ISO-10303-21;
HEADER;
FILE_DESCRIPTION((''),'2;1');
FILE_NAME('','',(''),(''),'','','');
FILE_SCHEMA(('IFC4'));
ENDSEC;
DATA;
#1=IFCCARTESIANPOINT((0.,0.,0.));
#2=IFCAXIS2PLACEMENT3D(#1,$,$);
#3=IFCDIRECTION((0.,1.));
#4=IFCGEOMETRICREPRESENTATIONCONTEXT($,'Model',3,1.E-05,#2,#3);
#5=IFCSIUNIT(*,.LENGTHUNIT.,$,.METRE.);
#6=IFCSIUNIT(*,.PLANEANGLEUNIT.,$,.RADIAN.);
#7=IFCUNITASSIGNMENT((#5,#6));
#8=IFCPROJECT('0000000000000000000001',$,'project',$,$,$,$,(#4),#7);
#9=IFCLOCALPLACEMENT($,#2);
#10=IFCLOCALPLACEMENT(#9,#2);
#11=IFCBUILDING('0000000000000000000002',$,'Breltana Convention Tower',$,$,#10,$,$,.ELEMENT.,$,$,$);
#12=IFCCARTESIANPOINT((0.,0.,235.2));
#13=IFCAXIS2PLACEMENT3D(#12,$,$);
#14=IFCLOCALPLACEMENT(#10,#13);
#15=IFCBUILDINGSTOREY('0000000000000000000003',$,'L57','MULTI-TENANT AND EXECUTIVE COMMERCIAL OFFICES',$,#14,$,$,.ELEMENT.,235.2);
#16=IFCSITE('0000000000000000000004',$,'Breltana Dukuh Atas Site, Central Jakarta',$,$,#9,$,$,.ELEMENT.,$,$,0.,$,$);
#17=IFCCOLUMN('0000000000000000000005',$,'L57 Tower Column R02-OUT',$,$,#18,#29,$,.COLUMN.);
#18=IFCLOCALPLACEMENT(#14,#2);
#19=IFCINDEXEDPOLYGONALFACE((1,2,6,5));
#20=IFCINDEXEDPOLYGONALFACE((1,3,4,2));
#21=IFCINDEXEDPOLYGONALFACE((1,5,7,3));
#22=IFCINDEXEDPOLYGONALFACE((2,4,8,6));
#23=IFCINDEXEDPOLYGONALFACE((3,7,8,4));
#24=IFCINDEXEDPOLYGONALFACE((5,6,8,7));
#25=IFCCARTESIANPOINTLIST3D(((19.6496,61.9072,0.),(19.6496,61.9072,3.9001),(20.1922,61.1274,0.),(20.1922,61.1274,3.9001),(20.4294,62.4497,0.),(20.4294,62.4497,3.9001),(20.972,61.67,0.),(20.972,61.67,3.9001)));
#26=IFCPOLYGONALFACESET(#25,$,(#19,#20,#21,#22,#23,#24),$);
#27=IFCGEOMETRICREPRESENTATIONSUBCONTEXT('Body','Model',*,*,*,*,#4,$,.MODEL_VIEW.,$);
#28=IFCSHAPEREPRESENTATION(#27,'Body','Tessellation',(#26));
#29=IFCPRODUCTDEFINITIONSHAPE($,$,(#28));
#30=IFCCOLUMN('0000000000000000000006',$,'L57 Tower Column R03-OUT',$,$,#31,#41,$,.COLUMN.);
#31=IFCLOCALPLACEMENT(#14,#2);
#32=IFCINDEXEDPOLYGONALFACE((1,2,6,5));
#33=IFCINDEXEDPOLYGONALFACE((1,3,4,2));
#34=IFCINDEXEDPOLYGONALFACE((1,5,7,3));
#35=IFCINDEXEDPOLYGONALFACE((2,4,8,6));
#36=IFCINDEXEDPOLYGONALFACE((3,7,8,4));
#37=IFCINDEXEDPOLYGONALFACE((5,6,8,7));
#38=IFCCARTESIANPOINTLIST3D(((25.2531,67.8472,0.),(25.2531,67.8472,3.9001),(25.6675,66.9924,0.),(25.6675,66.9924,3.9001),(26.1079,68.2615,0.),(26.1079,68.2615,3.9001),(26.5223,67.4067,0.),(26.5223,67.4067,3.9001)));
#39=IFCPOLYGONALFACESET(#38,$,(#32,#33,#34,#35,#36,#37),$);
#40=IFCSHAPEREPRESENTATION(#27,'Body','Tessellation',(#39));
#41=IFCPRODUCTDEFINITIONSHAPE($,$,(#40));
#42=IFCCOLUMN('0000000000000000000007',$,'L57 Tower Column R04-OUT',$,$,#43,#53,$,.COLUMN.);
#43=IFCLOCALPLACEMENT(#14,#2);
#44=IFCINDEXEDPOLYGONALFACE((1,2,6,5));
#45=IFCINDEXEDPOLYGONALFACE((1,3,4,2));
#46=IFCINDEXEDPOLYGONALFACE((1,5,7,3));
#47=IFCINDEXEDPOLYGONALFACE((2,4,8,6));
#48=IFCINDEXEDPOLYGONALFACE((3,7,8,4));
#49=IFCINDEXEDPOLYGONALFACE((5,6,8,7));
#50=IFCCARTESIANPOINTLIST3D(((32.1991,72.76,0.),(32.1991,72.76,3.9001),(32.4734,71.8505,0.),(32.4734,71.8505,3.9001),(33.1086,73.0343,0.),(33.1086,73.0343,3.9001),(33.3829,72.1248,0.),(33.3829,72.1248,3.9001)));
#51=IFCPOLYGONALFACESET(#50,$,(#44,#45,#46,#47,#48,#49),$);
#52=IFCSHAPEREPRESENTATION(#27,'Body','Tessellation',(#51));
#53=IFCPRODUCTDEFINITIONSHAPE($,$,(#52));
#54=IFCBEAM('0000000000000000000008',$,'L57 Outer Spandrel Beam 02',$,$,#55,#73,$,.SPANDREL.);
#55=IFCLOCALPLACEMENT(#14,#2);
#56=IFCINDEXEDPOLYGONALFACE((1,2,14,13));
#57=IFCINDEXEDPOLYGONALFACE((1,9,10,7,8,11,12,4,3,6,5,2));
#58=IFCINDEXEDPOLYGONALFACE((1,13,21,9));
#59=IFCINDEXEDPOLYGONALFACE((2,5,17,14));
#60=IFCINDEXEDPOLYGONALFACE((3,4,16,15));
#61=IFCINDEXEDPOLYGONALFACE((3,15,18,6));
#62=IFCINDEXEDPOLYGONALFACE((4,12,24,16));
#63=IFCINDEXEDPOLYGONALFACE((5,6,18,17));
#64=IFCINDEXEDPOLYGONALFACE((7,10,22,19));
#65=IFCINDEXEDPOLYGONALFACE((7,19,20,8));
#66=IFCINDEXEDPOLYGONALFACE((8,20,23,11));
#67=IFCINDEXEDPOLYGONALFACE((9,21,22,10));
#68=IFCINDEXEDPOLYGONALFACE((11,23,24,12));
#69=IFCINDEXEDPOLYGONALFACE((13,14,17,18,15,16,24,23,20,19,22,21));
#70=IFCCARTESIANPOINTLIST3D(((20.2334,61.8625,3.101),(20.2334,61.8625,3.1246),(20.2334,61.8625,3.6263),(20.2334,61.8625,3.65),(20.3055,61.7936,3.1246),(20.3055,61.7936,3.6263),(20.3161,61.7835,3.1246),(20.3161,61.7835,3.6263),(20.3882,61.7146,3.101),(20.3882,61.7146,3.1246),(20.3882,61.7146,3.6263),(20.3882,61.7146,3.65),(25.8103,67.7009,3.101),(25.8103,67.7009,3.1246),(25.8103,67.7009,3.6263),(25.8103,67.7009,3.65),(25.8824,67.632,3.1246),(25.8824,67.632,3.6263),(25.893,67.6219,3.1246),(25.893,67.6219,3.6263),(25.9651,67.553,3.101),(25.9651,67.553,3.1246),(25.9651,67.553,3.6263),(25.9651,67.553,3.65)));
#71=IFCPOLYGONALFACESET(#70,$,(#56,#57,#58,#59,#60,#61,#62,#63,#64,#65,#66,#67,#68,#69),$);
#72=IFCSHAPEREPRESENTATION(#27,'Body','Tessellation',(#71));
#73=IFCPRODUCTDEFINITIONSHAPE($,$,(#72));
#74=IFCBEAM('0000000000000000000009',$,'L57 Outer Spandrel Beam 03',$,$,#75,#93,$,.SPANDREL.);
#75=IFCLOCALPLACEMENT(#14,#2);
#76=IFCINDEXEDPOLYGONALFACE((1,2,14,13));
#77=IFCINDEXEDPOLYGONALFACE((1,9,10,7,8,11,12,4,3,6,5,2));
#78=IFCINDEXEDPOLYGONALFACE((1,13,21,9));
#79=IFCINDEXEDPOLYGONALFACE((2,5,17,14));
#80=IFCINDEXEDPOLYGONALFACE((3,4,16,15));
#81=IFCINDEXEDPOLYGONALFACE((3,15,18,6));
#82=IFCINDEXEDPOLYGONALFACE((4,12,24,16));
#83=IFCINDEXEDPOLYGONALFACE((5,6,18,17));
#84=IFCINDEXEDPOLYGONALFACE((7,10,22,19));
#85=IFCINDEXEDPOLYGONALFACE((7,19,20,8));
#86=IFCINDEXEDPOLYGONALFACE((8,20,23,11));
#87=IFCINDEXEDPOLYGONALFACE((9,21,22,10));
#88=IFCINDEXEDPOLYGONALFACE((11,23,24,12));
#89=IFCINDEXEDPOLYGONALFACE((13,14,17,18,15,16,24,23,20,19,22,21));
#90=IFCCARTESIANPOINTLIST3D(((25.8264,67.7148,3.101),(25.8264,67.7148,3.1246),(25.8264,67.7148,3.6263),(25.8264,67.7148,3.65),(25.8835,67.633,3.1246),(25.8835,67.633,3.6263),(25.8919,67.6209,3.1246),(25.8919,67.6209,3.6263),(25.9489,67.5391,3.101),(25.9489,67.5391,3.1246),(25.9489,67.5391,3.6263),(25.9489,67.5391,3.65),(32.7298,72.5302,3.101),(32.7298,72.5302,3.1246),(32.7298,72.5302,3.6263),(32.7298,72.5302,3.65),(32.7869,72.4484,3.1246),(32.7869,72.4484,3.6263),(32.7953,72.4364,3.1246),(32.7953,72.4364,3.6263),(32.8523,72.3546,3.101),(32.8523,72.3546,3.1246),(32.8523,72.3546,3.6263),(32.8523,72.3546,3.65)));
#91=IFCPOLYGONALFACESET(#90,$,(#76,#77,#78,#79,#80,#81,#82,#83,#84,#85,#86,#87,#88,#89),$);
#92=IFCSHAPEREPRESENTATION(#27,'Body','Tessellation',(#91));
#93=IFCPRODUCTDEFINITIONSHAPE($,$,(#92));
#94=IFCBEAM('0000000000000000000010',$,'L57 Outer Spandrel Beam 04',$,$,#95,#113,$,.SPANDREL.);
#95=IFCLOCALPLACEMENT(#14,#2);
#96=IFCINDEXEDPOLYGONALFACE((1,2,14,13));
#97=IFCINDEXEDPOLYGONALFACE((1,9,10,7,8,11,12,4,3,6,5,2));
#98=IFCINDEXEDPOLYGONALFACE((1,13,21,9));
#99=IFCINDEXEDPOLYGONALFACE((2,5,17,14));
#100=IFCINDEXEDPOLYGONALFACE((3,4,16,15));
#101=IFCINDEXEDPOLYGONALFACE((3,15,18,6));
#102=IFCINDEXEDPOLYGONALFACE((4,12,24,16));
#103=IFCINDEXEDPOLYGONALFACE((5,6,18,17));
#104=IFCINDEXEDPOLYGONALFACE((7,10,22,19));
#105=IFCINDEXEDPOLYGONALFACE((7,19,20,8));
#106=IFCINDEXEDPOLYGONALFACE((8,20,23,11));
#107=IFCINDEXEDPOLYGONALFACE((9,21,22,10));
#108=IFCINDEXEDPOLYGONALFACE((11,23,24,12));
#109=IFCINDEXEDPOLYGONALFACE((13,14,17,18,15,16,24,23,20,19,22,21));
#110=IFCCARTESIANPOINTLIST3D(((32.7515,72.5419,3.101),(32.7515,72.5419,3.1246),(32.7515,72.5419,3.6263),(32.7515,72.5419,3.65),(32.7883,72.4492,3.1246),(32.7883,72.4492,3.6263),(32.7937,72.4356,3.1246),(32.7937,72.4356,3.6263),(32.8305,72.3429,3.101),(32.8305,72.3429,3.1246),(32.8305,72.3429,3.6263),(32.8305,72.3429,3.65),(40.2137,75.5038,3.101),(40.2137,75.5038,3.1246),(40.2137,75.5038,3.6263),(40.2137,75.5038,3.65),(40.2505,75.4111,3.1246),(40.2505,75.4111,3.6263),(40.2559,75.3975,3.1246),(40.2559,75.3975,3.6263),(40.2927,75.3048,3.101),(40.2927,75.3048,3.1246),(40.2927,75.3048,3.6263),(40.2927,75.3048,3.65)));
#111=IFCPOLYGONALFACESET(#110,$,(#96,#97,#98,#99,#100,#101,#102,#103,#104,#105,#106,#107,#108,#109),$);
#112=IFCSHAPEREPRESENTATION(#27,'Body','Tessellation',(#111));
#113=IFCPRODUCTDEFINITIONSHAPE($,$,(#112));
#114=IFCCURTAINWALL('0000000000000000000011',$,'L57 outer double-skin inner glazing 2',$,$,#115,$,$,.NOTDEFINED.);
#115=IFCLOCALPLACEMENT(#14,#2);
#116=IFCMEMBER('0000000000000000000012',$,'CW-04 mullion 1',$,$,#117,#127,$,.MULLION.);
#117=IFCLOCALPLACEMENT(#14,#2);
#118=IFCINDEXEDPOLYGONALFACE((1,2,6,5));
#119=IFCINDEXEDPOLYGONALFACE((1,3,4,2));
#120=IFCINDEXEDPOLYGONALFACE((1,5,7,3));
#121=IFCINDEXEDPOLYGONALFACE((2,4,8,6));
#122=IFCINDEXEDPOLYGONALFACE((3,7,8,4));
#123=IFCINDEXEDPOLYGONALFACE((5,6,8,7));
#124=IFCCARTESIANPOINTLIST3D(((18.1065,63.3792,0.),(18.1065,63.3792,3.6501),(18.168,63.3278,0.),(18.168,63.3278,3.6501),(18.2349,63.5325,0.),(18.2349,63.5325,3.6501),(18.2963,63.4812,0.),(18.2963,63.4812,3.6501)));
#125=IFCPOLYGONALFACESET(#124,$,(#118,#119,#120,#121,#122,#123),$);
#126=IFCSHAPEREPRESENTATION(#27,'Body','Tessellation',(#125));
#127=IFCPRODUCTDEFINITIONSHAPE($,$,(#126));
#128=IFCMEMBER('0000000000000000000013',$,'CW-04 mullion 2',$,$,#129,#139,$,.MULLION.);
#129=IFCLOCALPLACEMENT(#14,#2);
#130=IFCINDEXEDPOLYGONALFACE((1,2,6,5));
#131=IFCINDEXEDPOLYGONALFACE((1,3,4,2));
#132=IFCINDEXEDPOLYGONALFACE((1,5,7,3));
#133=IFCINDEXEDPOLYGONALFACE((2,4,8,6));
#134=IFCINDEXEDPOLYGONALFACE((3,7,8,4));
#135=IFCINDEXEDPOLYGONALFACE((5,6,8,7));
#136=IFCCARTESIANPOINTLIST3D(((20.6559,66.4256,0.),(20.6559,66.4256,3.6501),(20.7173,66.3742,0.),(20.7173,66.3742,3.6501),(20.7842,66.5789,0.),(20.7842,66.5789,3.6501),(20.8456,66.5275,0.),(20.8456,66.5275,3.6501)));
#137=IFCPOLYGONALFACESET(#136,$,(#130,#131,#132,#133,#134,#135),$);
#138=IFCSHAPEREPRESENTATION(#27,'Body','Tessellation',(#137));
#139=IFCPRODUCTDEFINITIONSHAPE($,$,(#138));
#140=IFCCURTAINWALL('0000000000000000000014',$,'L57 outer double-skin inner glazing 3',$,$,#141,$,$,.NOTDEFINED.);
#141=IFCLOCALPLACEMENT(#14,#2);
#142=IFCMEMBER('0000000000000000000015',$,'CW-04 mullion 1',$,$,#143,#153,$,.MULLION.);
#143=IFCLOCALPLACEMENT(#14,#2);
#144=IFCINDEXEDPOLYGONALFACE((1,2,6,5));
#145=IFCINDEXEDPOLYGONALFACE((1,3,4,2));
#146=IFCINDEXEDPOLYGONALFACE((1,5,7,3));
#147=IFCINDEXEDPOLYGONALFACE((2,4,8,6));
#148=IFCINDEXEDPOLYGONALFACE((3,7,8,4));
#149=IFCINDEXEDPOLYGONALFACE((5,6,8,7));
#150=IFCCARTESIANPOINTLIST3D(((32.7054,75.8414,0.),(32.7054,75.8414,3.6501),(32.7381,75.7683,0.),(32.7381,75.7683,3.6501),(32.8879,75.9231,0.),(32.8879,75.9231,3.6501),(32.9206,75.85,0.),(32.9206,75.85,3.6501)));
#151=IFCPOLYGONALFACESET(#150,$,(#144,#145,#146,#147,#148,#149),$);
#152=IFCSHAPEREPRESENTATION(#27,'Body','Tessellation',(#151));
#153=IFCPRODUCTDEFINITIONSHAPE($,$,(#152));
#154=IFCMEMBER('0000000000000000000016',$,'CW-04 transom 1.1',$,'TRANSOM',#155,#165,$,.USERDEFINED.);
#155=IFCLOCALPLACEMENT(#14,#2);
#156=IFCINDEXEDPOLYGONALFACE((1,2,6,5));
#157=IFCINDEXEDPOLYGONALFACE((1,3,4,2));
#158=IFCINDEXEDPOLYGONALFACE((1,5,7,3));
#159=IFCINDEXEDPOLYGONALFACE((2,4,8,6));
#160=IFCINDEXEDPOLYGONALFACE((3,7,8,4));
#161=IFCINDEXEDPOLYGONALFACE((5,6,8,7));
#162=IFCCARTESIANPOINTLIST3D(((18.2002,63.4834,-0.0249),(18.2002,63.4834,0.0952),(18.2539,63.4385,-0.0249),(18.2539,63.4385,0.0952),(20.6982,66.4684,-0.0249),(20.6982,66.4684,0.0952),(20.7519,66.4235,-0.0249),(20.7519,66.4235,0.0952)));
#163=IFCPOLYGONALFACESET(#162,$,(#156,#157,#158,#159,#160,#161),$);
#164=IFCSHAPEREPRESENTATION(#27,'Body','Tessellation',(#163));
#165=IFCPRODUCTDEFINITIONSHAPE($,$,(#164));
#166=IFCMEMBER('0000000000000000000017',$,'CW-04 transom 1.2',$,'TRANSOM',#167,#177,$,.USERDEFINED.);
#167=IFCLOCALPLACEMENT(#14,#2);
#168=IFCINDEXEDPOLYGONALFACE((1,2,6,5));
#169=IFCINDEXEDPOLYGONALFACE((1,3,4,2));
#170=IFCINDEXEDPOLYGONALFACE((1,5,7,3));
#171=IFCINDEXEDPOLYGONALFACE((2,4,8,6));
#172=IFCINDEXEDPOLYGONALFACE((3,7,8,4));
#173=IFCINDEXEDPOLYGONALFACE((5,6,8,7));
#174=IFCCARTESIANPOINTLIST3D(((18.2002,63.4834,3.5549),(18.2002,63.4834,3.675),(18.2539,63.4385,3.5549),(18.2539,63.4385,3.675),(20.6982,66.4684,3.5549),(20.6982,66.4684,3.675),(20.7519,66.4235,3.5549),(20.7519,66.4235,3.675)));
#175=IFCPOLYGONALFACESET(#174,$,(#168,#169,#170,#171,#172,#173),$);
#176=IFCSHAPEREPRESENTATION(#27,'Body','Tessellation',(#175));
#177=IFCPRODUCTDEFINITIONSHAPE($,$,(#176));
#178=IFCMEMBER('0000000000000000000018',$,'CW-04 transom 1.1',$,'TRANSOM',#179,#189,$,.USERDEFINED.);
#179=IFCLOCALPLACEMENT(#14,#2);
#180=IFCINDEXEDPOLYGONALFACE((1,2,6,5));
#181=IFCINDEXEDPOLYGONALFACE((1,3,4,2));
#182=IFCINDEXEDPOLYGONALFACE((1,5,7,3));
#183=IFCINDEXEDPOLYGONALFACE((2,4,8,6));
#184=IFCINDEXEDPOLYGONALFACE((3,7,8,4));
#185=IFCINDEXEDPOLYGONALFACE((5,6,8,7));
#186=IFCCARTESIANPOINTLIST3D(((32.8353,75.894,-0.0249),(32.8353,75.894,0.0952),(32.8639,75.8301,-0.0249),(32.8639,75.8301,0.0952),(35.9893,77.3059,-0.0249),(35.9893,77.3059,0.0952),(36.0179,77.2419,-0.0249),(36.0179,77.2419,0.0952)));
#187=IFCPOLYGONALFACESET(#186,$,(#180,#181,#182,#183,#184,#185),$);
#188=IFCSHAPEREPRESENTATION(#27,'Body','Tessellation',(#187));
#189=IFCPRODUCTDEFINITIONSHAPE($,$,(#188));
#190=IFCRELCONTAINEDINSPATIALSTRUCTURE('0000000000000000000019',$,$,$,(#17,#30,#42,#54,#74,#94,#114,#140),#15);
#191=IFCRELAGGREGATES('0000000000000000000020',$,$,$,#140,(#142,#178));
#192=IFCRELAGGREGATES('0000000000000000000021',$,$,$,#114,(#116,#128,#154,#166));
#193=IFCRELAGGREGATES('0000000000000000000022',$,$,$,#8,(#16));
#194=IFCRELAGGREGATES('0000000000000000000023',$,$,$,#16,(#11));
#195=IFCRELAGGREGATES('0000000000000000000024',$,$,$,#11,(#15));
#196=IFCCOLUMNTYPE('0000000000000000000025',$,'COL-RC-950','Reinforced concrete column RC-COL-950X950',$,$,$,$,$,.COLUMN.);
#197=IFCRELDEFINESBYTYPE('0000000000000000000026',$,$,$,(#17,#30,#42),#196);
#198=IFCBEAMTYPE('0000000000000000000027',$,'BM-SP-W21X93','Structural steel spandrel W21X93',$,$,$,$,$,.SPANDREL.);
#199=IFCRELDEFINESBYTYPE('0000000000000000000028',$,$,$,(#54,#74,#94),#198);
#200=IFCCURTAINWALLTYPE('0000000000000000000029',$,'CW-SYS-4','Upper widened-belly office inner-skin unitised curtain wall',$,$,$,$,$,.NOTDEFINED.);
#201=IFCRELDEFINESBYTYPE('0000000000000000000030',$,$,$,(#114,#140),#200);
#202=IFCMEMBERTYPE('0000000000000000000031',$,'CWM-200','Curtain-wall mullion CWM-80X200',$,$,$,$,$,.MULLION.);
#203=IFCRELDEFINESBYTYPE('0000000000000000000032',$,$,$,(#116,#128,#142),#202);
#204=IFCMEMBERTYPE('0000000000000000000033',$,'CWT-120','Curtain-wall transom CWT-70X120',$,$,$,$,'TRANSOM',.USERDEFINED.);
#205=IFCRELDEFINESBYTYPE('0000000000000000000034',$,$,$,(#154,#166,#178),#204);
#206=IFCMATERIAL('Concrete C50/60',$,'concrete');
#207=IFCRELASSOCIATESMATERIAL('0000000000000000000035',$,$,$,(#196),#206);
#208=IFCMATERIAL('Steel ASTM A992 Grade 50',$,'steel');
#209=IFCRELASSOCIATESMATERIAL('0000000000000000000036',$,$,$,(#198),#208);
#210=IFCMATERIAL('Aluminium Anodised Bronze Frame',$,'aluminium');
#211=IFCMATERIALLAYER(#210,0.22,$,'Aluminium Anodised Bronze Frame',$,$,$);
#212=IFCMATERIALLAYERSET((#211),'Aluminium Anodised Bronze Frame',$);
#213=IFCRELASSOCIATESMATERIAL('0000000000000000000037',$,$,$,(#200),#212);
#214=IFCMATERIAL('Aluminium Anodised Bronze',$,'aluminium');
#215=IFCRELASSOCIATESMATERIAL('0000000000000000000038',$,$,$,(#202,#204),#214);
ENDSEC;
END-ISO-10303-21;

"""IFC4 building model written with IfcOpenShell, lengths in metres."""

from ifc_helpers import new_model, si_unit, direction, frame, origin, origin_2d, place, context, subcontext, project, spatial, rectangle, i_section, extrude, source, transform, mapped, material, layer, layer_set, material_profile, profile_set, type_object, element, aggregate, save


model = new_model("IFC4")

# Units and contexts
model_context = context("Model", 3, precision=1e-05, world=origin(), true_north=direction((0.0, 1.0)))
body_context = subcontext(model_context, "Body", "Model", "MODEL_VIEW")
ifc_project = project(units=[si_unit("LENGTHUNIT", "METRE"), si_unit("PLANEANGLEUNIT", "RADIAN")], contexts=[model_context])

# Site, building, storey
site_placement = place(None, origin())
site = spatial("IfcSite", under=ifc_project, at=site_placement, Name="Breltana Dukuh Atas Site, Central Jakarta", CompositionType="ELEMENT", RefElevation=0.0)
building_placement = place(site_placement, origin())
building = spatial("IfcBuilding", under=site, at=building_placement, Name="Breltana Convention Tower", CompositionType="ELEMENT")
storey_placement = place(building_placement, frame((0.0, 0.0, 235.2)))
storey = spatial("IfcBuildingStorey", under=building, at=storey_placement, Name="L57", Description="MULTI-TENANT AND EXECUTIVE COMMERCIAL OFFICES", CompositionType="ELEMENT", Elevation=235.2)

# Columns
ifc_material_1 = material(Name="Concrete C50/60", Category="concrete")
ifc_material_profile_1 = material_profile(ifc_material_1, rectangle(XDim=0.95, YDim=0.95, at=origin_2d()), Name="RC-COL-950X950")
ifc_profile_set_1 = profile_set([ifc_material_profile_1], Name="Concrete C50/60")
column_type = type_object("IfcColumnType", Name="COL-RC-950", Description="Reinforced concrete column RC-COL-950X950", PredefinedType="COLUMN", material=ifc_profile_set_1)
shared_shape_1 = source(origin(), body_context, "Body", "SweptSolid", [
    extrude(rectangle(XDim=0.95, YDim=0.95, at=origin_2d()), origin(), (0.0, 0.0, 1.0), 3.9001),
])
for number, where, z_axis, x_axis, name in (
    (1, (20.3108, 61.7886, 0.0), (0.0, 0.0, 1.0), (-0.571143, 0.82085, 0.0), "L57 Tower Column R02-OUT"),
    (2, (25.8877, 67.627, 0.0), (0.0, 0.0, 1.0), (-0.436174, 0.899863, 0.0), "L57 Tower Column R03-OUT"),
    (3, (32.791, 72.4424, 0.0), (0.0, 0.0, 1.0), (-0.288698, 0.95742, 0.0), "L57 Tower Column R04-OUT"),
):
    element("IfcColumn", number, at=place(storey_placement, frame(where, z_axis=z_axis, x_axis=x_axis)), inside=storey, type_object=column_type, Name=name, PredefinedType="COLUMN", context=body_context, shape_type="MappedRepresentation", body=[
        mapped(shared_shape_1, transform((0.0, 0.0, 0.0), scale=1.0)),
    ])

# Beams
ifc_material_2 = material(Name="Steel ASTM A992 Grade 50", Category="steel")
ifc_material_profile_2 = material_profile(ifc_material_2, i_section(OverallWidth=0.2141, OverallDepth=0.5491, WebThickness=0.0146, FlangeThickness=0.0237, at=origin_2d()), Name="W21X93")
ifc_profile_set_2 = profile_set([ifc_material_profile_2], Name="Steel ASTM A992 Grade 50")
beam_type = type_object("IfcBeamType", Name="BM-SP-W21X93", Description="Structural steel spandrel W21X93", PredefinedType="SPANDREL", material=ifc_profile_set_2)
shared_shape_2 = source(origin(), body_context, "Body", "SweptSolid", [
    extrude(i_section(OverallWidth=0.2141, OverallDepth=0.5491, WebThickness=0.0146, FlangeThickness=0.0237, at=origin_2d()), origin(), (0.0, 0.0, 1.0), 8.074),
])
beam_1_placement = place(storey_placement, frame((20.3108, 61.7886, 3.3755), z_axis=(0.690729, 0.723114, 0.0), x_axis=(-0.723114, 0.690729, 0.0)))
element("IfcBeam", 4, at=beam_1_placement, inside=storey, type_object=beam_type, Name="L57 Outer Spandrel Beam 02", PredefinedType="SPANDREL", context=body_context, shape_type="MappedRepresentation", body=[
    mapped(shared_shape_2, transform((0.0, 0.0, 0.0), scale=1.0)),
])
shared_shape_3 = source(origin(), body_context, "Body", "SweptSolid", [
    extrude(i_section(OverallWidth=0.2141, OverallDepth=0.5491, WebThickness=0.0146, FlangeThickness=0.0237, at=origin_2d()), origin(), (0.0, 0.0, 1.0), 8.417),
])
beam_2_placement = place(storey_placement, frame((25.8877, 67.627, 3.3755), z_axis=(0.820174, 0.572114, 0.0), x_axis=(-0.572114, 0.820174, 0.0)))
element("IfcBeam", 5, at=beam_2_placement, inside=storey, type_object=beam_type, Name="L57 Outer Spandrel Beam 03", PredefinedType="SPANDREL", context=body_context, shape_type="MappedRepresentation", body=[
    mapped(shared_shape_3, transform((0.0, 0.0, 0.0), scale=1.0)),
])
shared_shape_4 = source(origin(), body_context, "Body", "SweptSolid", [
    extrude(i_section(OverallWidth=0.2141, OverallDepth=0.5491, WebThickness=0.0146, FlangeThickness=0.0237, at=origin_2d()), origin(), (0.0, 0.0, 1.0), 8.0286),
])
beam_3_placement = place(storey_placement, frame((32.791, 72.4424, 3.3755), z_axis=(0.929459, 0.368925, 0.0), x_axis=(-0.368925, 0.929459, 0.0)))
element("IfcBeam", 6, at=beam_3_placement, inside=storey, type_object=beam_type, Name="L57 Outer Spandrel Beam 04", PredefinedType="SPANDREL", context=body_context, shape_type="MappedRepresentation", body=[
    mapped(shared_shape_4, transform((0.0, 0.0, 0.0), scale=1.0)),
])

# Curtain wall, members
ifc_material_3 = material(Name="Aluminium Anodised Bronze Frame", Category="aluminium")
ifc_layer_1 = layer(ifc_material_3, 0.22, Name="Aluminium Anodised Bronze Frame")
ifc_layer_set_1 = layer_set([ifc_layer_1], Name="Aluminium Anodised Bronze Frame")
curtain_wall_type = type_object("IfcCurtainWallType", Name="CW-SYS-4", Description="Upper widened-belly office inner-skin unitised curtain wall", PredefinedType="NOTDEFINED", material=ifc_layer_set_1)
curtain_wall_1_placement = place(storey_placement, origin())
curtain_wall_1 = element("IfcCurtainWall", 7, at=curtain_wall_1_placement, inside=storey, type_object=curtain_wall_type, Name="L57 outer double-skin inner glazing 2", PredefinedType="NOTDEFINED")
ifc_material_4 = material(Name="Aluminium Anodised Bronze", Category="aluminium")
ifc_material_profile_3 = material_profile(ifc_material_4, rectangle(XDim=0.0801, YDim=0.2, at=origin_2d()), Name="CWM-80X200")
ifc_profile_set_3 = profile_set([ifc_material_profile_3], Name="Aluminium Anodised Bronze")
member_type_1 = type_object("IfcMemberType", Name="CWM-200", Description="Curtain-wall mullion CWM-80X200", PredefinedType="MULLION", material=ifc_profile_set_3)
shared_shape_5 = source(origin(), body_context, "Body", "SweptSolid", [
    extrude(rectangle(XDim=0.0801, YDim=0.2, at=origin_2d()), origin(), (0.0, 0.0, 1.0), 3.6501),
])
member_1_placement = place(storey_placement, frame((18.2014, 63.4302, 0.0), z_axis=(0.0, 0.0, 1.0), x_axis=(-0.766903, 0.641763, 0.0)))
member_1 = element("IfcMember", 8, at=member_1_placement, type_object=member_type_1, Name="CW-04 mullion 1", PredefinedType="MULLION", context=body_context, shape_type="MappedRepresentation", body=[
    mapped(shared_shape_5, transform((0.0, 0.0, 0.0), scale=1.0)),
])
member_2_placement = place(storey_placement, frame((20.7507, 66.4766, 0.0), z_axis=(0.0, 0.0, 1.0), x_axis=(-0.766903, 0.641763, 0.0)))
member_2 = element("IfcMember", 9, at=member_2_placement, type_object=member_type_1, Name="CW-04 mullion 2", PredefinedType="MULLION", context=body_context, shape_type="MappedRepresentation", body=[
    mapped(shared_shape_5, transform((0.0, 0.0, 0.0), scale=1.0)),
])

# Curtain wall, member
curtain_wall_2_placement = place(storey_placement, origin())
curtain_wall_2 = element("IfcCurtainWall", 10, at=curtain_wall_2_placement, inside=storey, type_object=curtain_wall_type, Name="L57 outer double-skin inner glazing 3", PredefinedType="NOTDEFINED")
member_3_placement = place(storey_placement, frame((32.813, 75.8457, 0.0), z_axis=(0.0, 0.0, 1.0), x_axis=(-0.408606, 0.912711, 0.0)))
member_3 = element("IfcMember", 11, at=member_3_placement, type_object=member_type_1, Name="CW-04 mullion 1", PredefinedType="MULLION", context=body_context, shape_type="MappedRepresentation", body=[
    mapped(shared_shape_5, transform((0.0, 0.0, 0.0), scale=1.0)),
])

# Members
ifc_material_profile_4 = material_profile(ifc_material_4, rectangle(XDim=0.0701, YDim=0.1201, at=origin_2d()), Name="CWT-70X120")
ifc_profile_set_4 = profile_set([ifc_material_profile_4], Name="Aluminium Anodised Bronze")
member_type_2 = type_object("IfcMemberType", Name="CWT-120", Description="Curtain-wall transom CWT-70X120", ElementType="TRANSOM", PredefinedType="USERDEFINED", material=ifc_profile_set_4)
shared_shape_6 = source(origin(), body_context, "Body", "SweptSolid", [
    extrude(rectangle(XDim=0.0701, YDim=0.1201, at=origin_2d()), origin(), (0.0, 0.0, 1.0), 3.8923),
])
member_4_placement = place(storey_placement, frame((18.2271, 63.4609, 0.0352), z_axis=(0.641769, 0.766898, 0.0), x_axis=(-0.766898, 0.641769, 0.0)))
member_4 = element("IfcMember", 12, at=member_4_placement, type_object=member_type_2, Name="CW-04 transom 1.1", ObjectType="TRANSOM", PredefinedType="USERDEFINED", context=body_context, shape_type="MappedRepresentation", body=[
    mapped(shared_shape_6, transform((0.0, 0.0, 0.0), scale=1.0)),
])
member_5_placement = place(storey_placement, frame((18.2271, 63.4609, 3.615), z_axis=(0.641769, 0.766898, 0.0), x_axis=(-0.766898, 0.641769, 0.0)))
member_5 = element("IfcMember", 13, at=member_5_placement, type_object=member_type_2, Name="CW-04 transom 1.2", ObjectType="TRANSOM", PredefinedType="USERDEFINED", context=body_context, shape_type="MappedRepresentation", body=[
    mapped(shared_shape_6, transform((0.0, 0.0, 0.0), scale=1.0)),
])
shared_shape_7 = source(origin(), body_context, "Body", "SweptSolid", [
    extrude(rectangle(XDim=0.0701, YDim=0.1201, at=origin_2d()), origin(), (0.0, 0.0, 1.0), 3.4556),
])
member_6_placement = place(storey_placement, frame((32.8496, 75.8621, 0.0352), z_axis=(0.912727, 0.408569, 0.0), x_axis=(-0.408569, 0.912727, 0.0)))
member_6 = element("IfcMember", 14, at=member_6_placement, type_object=member_type_2, Name="CW-04 transom 1.1", ObjectType="TRANSOM", PredefinedType="USERDEFINED", context=body_context, shape_type="MappedRepresentation", body=[
    mapped(shared_shape_7, transform((0.0, 0.0, 0.0), scale=1.0)),
])
aggregate(curtain_wall_2, [member_3, member_6])

aggregate(curtain_wall_1, [member_1, member_2, member_4, member_5])

save(model, "model.ifc")
